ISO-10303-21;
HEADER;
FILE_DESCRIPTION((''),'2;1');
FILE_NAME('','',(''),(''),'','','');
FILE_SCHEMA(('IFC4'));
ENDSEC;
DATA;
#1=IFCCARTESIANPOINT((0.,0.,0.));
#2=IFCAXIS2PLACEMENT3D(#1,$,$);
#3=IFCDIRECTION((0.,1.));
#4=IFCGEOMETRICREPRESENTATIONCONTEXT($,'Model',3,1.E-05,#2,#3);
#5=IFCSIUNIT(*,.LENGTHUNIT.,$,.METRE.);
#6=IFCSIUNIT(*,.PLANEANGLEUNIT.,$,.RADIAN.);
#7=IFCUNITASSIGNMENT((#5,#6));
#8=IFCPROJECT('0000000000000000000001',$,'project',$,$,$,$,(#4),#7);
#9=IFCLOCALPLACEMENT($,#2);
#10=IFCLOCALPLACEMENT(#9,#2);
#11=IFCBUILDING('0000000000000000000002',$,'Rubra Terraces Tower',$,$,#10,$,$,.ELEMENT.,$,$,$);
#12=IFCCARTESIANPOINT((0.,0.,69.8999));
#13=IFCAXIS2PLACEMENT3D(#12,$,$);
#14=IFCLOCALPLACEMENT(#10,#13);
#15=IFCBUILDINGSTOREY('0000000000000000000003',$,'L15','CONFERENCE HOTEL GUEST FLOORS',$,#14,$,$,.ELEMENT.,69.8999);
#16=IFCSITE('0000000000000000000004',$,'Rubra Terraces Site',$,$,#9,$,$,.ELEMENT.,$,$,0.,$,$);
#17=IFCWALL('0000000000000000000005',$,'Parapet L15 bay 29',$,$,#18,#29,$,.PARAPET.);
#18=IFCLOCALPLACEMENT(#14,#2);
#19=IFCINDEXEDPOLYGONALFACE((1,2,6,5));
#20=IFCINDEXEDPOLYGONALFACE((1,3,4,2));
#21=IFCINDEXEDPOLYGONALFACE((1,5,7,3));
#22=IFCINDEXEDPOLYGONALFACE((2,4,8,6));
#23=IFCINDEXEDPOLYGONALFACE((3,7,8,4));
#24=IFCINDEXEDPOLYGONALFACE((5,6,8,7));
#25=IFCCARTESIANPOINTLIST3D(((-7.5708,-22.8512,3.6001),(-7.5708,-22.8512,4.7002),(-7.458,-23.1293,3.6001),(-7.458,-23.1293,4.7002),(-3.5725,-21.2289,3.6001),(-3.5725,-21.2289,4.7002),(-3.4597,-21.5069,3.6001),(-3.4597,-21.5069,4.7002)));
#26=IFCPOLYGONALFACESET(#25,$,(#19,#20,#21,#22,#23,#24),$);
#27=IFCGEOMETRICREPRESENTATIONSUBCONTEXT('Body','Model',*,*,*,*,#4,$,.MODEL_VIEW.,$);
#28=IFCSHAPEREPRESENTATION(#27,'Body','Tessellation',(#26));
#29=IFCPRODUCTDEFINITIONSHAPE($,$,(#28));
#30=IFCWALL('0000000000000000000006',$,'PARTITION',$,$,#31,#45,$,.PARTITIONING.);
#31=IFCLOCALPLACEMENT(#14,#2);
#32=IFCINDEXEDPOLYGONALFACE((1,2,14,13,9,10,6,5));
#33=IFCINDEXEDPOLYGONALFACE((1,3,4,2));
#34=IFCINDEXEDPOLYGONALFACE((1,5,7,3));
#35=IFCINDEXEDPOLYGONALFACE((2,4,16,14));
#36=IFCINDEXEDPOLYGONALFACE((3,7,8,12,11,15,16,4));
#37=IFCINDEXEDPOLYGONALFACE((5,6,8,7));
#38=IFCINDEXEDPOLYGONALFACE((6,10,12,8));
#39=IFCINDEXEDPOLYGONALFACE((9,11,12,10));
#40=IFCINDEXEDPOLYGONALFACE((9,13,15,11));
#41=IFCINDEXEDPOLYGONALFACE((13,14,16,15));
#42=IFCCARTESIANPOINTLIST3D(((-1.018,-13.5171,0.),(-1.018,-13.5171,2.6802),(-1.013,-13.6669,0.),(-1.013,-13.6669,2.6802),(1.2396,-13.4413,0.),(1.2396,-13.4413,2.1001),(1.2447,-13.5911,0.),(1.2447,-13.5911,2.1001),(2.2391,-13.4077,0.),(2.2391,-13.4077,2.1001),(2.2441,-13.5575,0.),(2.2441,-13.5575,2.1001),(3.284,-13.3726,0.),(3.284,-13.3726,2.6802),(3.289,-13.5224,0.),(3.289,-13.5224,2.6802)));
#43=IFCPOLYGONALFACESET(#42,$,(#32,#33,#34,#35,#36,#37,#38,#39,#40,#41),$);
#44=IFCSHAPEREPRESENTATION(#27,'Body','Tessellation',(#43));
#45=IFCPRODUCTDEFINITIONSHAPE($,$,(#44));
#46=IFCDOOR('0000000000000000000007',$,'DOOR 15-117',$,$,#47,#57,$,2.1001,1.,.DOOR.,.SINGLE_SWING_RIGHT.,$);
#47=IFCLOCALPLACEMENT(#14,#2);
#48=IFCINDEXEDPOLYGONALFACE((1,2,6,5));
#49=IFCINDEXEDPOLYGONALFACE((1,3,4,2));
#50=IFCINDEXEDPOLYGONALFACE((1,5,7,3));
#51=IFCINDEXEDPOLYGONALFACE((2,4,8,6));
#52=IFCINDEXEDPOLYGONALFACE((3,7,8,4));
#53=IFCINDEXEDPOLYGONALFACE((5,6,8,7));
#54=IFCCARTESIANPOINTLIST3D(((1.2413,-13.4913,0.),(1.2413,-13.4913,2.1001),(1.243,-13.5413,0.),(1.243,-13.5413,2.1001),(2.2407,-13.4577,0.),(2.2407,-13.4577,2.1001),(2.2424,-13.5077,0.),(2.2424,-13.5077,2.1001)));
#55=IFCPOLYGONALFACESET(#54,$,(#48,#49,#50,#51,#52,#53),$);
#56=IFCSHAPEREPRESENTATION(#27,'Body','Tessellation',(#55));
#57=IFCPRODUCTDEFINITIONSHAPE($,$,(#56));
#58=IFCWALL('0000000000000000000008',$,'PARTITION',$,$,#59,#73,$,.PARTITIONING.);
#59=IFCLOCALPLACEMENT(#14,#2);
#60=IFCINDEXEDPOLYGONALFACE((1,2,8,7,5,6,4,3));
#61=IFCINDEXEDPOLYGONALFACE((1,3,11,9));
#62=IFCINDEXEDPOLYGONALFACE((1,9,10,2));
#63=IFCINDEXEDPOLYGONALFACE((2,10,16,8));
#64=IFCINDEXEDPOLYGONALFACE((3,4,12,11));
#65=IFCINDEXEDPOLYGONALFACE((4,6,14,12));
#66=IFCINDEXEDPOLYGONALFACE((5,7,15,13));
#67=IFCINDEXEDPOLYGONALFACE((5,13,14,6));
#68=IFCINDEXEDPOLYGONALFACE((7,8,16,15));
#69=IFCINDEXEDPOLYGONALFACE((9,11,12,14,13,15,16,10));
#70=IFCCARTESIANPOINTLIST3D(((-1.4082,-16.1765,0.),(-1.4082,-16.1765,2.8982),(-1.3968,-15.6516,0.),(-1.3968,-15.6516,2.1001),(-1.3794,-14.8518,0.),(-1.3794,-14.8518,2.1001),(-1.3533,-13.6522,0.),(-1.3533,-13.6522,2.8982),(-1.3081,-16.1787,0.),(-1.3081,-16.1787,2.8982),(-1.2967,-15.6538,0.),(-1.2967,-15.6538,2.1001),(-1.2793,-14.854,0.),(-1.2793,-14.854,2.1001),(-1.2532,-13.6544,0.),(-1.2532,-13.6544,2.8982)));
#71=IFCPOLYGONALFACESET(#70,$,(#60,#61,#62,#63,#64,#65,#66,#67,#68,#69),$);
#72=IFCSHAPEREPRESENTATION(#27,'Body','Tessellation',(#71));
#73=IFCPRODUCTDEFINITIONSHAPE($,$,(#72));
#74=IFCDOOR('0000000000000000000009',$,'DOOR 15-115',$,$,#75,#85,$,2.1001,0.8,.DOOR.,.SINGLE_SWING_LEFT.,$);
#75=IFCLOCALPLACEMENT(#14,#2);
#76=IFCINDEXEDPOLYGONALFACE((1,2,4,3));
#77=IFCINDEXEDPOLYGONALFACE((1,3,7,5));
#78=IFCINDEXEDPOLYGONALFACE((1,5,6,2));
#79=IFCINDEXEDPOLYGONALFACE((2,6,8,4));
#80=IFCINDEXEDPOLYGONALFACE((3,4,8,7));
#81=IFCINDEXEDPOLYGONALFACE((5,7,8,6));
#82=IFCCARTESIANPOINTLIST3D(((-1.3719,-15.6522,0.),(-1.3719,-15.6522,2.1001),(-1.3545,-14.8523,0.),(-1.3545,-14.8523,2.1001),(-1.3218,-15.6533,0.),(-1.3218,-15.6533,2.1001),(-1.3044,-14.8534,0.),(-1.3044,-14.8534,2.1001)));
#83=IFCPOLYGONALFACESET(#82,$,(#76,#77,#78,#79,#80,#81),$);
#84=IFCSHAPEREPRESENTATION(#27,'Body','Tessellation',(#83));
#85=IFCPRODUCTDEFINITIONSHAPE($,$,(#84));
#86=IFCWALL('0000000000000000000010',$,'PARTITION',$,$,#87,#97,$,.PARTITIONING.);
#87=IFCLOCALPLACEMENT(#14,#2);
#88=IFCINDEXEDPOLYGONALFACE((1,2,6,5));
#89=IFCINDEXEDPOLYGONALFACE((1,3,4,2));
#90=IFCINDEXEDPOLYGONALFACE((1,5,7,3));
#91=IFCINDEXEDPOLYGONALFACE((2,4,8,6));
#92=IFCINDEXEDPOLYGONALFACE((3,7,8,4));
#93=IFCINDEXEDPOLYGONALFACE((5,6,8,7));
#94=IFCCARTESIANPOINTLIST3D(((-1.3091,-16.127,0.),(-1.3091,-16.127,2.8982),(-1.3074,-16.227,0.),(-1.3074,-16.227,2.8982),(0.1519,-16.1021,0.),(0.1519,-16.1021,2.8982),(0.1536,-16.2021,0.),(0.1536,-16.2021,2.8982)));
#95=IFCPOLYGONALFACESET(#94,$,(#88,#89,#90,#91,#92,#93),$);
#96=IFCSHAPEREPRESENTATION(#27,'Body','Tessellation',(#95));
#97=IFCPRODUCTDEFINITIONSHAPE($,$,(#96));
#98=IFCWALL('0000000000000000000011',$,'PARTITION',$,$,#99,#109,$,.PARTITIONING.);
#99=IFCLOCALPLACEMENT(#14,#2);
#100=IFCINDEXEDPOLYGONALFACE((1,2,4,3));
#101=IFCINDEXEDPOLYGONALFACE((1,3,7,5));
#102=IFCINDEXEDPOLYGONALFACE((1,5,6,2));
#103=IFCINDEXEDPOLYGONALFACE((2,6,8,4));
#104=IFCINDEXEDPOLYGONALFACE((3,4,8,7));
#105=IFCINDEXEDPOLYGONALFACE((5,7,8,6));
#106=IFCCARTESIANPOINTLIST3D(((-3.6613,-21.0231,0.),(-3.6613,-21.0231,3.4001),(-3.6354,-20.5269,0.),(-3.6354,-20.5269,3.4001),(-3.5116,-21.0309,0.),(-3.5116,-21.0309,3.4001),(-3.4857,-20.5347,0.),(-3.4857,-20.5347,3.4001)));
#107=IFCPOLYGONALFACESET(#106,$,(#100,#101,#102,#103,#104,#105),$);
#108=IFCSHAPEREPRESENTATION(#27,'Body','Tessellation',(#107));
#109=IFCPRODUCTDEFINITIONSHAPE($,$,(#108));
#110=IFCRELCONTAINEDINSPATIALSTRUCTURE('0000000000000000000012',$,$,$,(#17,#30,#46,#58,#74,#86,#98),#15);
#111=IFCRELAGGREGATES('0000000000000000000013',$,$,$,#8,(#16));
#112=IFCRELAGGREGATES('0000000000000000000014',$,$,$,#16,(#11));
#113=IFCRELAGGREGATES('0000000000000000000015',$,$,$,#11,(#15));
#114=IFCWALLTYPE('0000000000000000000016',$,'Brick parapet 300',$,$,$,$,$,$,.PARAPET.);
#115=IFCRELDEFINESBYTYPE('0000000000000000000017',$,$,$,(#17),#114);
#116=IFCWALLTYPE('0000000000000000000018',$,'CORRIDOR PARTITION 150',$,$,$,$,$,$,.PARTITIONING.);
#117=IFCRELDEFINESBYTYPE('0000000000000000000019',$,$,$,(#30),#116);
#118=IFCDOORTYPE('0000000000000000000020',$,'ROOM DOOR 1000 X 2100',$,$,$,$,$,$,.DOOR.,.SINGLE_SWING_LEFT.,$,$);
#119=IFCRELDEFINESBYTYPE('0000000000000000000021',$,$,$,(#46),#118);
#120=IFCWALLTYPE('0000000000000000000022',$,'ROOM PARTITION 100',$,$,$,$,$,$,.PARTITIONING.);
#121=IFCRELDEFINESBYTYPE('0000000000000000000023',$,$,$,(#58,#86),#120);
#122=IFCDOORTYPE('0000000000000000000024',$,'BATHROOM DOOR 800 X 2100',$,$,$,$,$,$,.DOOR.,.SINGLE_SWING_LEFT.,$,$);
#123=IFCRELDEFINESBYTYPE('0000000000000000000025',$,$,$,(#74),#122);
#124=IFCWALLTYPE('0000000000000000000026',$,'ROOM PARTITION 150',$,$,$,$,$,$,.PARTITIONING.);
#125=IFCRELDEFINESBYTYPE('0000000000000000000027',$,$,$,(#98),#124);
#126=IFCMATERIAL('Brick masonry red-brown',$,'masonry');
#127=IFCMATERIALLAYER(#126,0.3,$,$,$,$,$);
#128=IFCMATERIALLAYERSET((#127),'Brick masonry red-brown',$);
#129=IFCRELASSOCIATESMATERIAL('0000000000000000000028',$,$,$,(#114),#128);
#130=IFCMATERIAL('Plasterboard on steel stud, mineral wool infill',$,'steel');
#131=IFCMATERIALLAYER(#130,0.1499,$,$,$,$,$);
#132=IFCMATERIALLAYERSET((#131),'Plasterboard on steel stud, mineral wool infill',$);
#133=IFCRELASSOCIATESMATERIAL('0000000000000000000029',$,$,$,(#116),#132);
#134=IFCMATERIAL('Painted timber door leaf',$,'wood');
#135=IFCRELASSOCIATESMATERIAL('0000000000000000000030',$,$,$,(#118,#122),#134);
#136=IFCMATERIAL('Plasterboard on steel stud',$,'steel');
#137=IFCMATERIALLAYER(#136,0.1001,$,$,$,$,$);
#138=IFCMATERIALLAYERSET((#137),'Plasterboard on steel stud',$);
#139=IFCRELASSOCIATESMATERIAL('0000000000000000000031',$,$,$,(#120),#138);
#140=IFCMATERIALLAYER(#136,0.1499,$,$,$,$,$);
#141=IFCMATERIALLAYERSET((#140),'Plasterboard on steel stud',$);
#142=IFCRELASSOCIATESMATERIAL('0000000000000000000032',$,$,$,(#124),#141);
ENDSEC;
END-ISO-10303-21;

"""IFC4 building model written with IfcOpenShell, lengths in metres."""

from ifc_helpers import new_model, si_unit, direction, frame, frame_2d, origin, place, context, subcontext, project, spatial, rectangle, extrude, material, layer, layer_set, type_object, element, fill, save


model = new_model("IFC4")

# Units and contexts
model_context = context("Model", 3, precision=1e-05, world=origin(), true_north=direction((0.0, 1.0)))
body_context = subcontext(model_context, "Body", "Model", "MODEL_VIEW")
ifc_project = project(units=[si_unit("LENGTHUNIT", "METRE"), si_unit("PLANEANGLEUNIT", "RADIAN")], contexts=[model_context])

# Site, building, storey
site_placement = place(None, origin())
site = spatial("IfcSite", under=ifc_project, at=site_placement, Name="Rubra Terraces Site", CompositionType="ELEMENT", RefElevation=0.0)
building_placement = place(site_placement, origin())
building = spatial("IfcBuilding", under=site, at=building_placement, Name="Rubra Terraces Tower", CompositionType="ELEMENT")
storey_placement = place(building_placement, frame((0.0, 0.0, 69.8999)))
storey = spatial("IfcBuildingStorey", under=building, at=storey_placement, Name="L15", Description="CONFERENCE HOTEL GUEST FLOORS", CompositionType="ELEMENT", Elevation=69.8999)

# Shared definitions
ifc_material_1 = material(Name="Brick masonry red-brown", Category="masonry")

# Wall
ifc_layer_1 = layer(ifc_material_1, 0.3)
ifc_layer_set_1 = layer_set([ifc_layer_1], Name="Brick masonry red-brown")
wall_type_1 = type_object("IfcWallType", Name="Brick parapet 300", PredefinedType="PARAPET", material=ifc_layer_set_1)
wall_1_placement = place(storey_placement, frame((-7.5144, -22.9902, 3.6001), z_axis=(0.0, 0.0, 1.0), x_axis=(0.926627, 0.375981, 0.0)))
element("IfcWall", 1, at=wall_1_placement, inside=storey, type_object=wall_type_1, Name="Parapet L15 bay 29", PredefinedType="PARAPET", context=body_context, shape_type="SweptSolid", body=[
    extrude(rectangle(XDim=4.3149, YDim=0.3, at=frame_2d((2.1575, 0.0))), origin(), (0.0, 0.0, 1.0), 1.1001),
])

# Walls, openings, doors
ifc_material_2 = material(Name="Plasterboard on steel stud, mineral wool infill", Category="steel")
ifc_layer_2 = layer(ifc_material_2, 0.1499)
ifc_layer_set_2 = layer_set([ifc_layer_2], Name="Plasterboard on steel stud, mineral wool infill")
wall_type_2 = type_object("IfcWallType", Name="CORRIDOR PARTITION 150", PredefinedType="PARTITIONING", material=ifc_layer_set_2)
wall_2_placement = place(storey_placement, frame((-1.0156, -13.592, 0.0), z_axis=(0.0, 0.0, 1.0), x_axis=(0.999436, 0.033577, 0.0)))
wall_2 = element("IfcWall", 2, at=wall_2_placement, inside=storey, type_object=wall_type_2, Name="PARTITION", PredefinedType="PARTITIONING", context=body_context, shape_type="SweptSolid", body=[
    extrude(rectangle(XDim=4.3044, YDim=0.1499, at=frame_2d((2.1523, 0.0))), origin(), (0.0, 0.0, 1.0), 2.6802),
])
opening_1_placement = place(wall_2_placement, frame((2.259, 0.0, 0.0)))
opening_1 = element("IfcOpeningElement", 3, at=opening_1_placement, cuts=wall_2, PredefinedType="OPENING", context=body_context, shape_type="SweptSolid", body=[
    extrude(rectangle(XDim=1.0, YDim=2.1001, at=frame_2d((0.5, 1.05))), frame((0.0, 0.085, 0.0), z_axis=(0.0, -1.0, 0.0), x_axis=(1.0, 0.0, 0.0)), (0.0, 0.0, 1.0), 0.1699),
])
ifc_material_3 = material(Name="Painted timber door leaf", Category="wood")
door_type_1 = type_object("IfcDoorType", Name="ROOM DOOR 1000 X 2100", OperationType="SINGLE_SWING_LEFT", PredefinedType="DOOR", material=ifc_material_3)
door_1_placement = place(opening_1_placement, origin())
door_1 = element("IfcDoor", 4, at=door_1_placement, inside=storey, type_object=door_type_1, Name="DOOR 15-117", OperationType="SINGLE_SWING_RIGHT", OverallHeight=2.1001, OverallWidth=1.0, PredefinedType="DOOR", context=body_context, shape_type="SweptSolid", body=[
    extrude(rectangle(XDim=1.0, YDim=2.1001, at=frame_2d((0.5, 1.05))), frame((0.0, 0.0249, 0.0), z_axis=(0.0, -1.0, 0.0), x_axis=(1.0, 0.0, 0.0)), (0.0, 0.0, 1.0), 0.05),
])
fill(opening_1, door_1)
ifc_material_4 = material(Name="Plasterboard on steel stud", Category="steel")
ifc_layer_3 = layer(ifc_material_4, 0.1001)
ifc_layer_set_3 = layer_set([ifc_layer_3], Name="Plasterboard on steel stud")
wall_type_3 = type_object("IfcWallType", Name="ROOM PARTITION 100", PredefinedType="PARTITIONING", material=ifc_layer_set_3)
wall_3_placement = place(storey_placement, frame((-1.3032, -13.6533, 0.0), z_axis=(0.0, 0.0, 1.0), x_axis=(-0.021755, -0.999763, 0.0)))
wall_3 = element("IfcWall", 5, at=wall_3_placement, inside=storey, type_object=wall_type_3, Name="PARTITION", PredefinedType="PARTITIONING", context=body_context, shape_type="SweptSolid", body=[
    extrude(rectangle(XDim=2.5249, YDim=0.1001, at=frame_2d((1.2625, 0.0))), origin(), (0.0, 0.0, 1.0), 2.8982),
])
opening_2_placement = place(wall_3_placement, frame((1.2, 0.0, 0.0)))
opening_2 = element("IfcOpeningElement", 6, at=opening_2_placement, cuts=wall_3, PredefinedType="OPENING", context=body_context, shape_type="SweptSolid", body=[
    extrude(rectangle(XDim=0.8, YDim=2.1001, at=frame_2d((0.3999, 1.05))), frame((0.0, 0.0601, 0.0), z_axis=(0.0, -1.0, 0.0), x_axis=(1.0, 0.0, 0.0)), (0.0, 0.0, 1.0), 0.1201),
])
door_type_2 = type_object("IfcDoorType", Name="BATHROOM DOOR 800 X 2100", OperationType="SINGLE_SWING_LEFT", PredefinedType="DOOR", material=ifc_material_3)
door_2_placement = place(opening_2_placement, origin())
door_2 = element("IfcDoor", 7, at=door_2_placement, inside=storey, type_object=door_type_2, Name="DOOR 15-115", OperationType="SINGLE_SWING_LEFT", OverallHeight=2.1001, OverallWidth=0.8, PredefinedType="DOOR", context=body_context, shape_type="SweptSolid", body=[
    extrude(rectangle(XDim=0.8, YDim=2.1001, at=frame_2d((0.3999, 1.05))), frame((0.0, 0.0249, 0.0), z_axis=(0.0, -1.0, 0.0), x_axis=(1.0, 0.0, 0.0)), (0.0, 0.0, 1.0), 0.05),
])
fill(opening_2, door_2)

# Walls
wall_4_placement = place(storey_placement, frame((-1.3081, -16.177, 0.0), z_axis=(0.0, 0.0, 1.0), x_axis=(0.999855, 0.017043, 0.0)))
element("IfcWall", 8, at=wall_4_placement, inside=storey, type_object=wall_type_3, Name="PARTITION", PredefinedType="PARTITIONING", context=body_context, shape_type="SweptSolid", body=[
    extrude(rectangle(XDim=1.4612, YDim=0.1001, at=frame_2d((0.7305, 0.0))), origin(), (0.0, 0.0, 1.0), 2.8982),
])
ifc_layer_4 = layer(ifc_material_4, 0.1499)
ifc_layer_set_4 = layer_set([ifc_layer_4], Name="Plasterboard on steel stud")
wall_type_4 = type_object("IfcWallType", Name="ROOM PARTITION 150", PredefinedType="PARTITIONING", material=ifc_layer_set_4)
wall_5_placement = place(storey_placement, frame((-3.5864, -21.0271, 0.0), z_axis=(0.0, 0.0, 1.0), x_axis=(0.052095, 0.998642, 0.0)))
element("IfcWall", 9, at=wall_5_placement, inside=storey, type_object=wall_type_4, Name="PARTITION", PredefinedType="PARTITIONING", context=body_context, shape_type="SweptSolid", body=[
    extrude(rectangle(XDim=0.4968, YDim=0.1499, at=frame_2d((0.2485, 0.0))), origin(), (0.0, 0.0, 1.0), 3.4001),
])

save(model, "model.ifc")
